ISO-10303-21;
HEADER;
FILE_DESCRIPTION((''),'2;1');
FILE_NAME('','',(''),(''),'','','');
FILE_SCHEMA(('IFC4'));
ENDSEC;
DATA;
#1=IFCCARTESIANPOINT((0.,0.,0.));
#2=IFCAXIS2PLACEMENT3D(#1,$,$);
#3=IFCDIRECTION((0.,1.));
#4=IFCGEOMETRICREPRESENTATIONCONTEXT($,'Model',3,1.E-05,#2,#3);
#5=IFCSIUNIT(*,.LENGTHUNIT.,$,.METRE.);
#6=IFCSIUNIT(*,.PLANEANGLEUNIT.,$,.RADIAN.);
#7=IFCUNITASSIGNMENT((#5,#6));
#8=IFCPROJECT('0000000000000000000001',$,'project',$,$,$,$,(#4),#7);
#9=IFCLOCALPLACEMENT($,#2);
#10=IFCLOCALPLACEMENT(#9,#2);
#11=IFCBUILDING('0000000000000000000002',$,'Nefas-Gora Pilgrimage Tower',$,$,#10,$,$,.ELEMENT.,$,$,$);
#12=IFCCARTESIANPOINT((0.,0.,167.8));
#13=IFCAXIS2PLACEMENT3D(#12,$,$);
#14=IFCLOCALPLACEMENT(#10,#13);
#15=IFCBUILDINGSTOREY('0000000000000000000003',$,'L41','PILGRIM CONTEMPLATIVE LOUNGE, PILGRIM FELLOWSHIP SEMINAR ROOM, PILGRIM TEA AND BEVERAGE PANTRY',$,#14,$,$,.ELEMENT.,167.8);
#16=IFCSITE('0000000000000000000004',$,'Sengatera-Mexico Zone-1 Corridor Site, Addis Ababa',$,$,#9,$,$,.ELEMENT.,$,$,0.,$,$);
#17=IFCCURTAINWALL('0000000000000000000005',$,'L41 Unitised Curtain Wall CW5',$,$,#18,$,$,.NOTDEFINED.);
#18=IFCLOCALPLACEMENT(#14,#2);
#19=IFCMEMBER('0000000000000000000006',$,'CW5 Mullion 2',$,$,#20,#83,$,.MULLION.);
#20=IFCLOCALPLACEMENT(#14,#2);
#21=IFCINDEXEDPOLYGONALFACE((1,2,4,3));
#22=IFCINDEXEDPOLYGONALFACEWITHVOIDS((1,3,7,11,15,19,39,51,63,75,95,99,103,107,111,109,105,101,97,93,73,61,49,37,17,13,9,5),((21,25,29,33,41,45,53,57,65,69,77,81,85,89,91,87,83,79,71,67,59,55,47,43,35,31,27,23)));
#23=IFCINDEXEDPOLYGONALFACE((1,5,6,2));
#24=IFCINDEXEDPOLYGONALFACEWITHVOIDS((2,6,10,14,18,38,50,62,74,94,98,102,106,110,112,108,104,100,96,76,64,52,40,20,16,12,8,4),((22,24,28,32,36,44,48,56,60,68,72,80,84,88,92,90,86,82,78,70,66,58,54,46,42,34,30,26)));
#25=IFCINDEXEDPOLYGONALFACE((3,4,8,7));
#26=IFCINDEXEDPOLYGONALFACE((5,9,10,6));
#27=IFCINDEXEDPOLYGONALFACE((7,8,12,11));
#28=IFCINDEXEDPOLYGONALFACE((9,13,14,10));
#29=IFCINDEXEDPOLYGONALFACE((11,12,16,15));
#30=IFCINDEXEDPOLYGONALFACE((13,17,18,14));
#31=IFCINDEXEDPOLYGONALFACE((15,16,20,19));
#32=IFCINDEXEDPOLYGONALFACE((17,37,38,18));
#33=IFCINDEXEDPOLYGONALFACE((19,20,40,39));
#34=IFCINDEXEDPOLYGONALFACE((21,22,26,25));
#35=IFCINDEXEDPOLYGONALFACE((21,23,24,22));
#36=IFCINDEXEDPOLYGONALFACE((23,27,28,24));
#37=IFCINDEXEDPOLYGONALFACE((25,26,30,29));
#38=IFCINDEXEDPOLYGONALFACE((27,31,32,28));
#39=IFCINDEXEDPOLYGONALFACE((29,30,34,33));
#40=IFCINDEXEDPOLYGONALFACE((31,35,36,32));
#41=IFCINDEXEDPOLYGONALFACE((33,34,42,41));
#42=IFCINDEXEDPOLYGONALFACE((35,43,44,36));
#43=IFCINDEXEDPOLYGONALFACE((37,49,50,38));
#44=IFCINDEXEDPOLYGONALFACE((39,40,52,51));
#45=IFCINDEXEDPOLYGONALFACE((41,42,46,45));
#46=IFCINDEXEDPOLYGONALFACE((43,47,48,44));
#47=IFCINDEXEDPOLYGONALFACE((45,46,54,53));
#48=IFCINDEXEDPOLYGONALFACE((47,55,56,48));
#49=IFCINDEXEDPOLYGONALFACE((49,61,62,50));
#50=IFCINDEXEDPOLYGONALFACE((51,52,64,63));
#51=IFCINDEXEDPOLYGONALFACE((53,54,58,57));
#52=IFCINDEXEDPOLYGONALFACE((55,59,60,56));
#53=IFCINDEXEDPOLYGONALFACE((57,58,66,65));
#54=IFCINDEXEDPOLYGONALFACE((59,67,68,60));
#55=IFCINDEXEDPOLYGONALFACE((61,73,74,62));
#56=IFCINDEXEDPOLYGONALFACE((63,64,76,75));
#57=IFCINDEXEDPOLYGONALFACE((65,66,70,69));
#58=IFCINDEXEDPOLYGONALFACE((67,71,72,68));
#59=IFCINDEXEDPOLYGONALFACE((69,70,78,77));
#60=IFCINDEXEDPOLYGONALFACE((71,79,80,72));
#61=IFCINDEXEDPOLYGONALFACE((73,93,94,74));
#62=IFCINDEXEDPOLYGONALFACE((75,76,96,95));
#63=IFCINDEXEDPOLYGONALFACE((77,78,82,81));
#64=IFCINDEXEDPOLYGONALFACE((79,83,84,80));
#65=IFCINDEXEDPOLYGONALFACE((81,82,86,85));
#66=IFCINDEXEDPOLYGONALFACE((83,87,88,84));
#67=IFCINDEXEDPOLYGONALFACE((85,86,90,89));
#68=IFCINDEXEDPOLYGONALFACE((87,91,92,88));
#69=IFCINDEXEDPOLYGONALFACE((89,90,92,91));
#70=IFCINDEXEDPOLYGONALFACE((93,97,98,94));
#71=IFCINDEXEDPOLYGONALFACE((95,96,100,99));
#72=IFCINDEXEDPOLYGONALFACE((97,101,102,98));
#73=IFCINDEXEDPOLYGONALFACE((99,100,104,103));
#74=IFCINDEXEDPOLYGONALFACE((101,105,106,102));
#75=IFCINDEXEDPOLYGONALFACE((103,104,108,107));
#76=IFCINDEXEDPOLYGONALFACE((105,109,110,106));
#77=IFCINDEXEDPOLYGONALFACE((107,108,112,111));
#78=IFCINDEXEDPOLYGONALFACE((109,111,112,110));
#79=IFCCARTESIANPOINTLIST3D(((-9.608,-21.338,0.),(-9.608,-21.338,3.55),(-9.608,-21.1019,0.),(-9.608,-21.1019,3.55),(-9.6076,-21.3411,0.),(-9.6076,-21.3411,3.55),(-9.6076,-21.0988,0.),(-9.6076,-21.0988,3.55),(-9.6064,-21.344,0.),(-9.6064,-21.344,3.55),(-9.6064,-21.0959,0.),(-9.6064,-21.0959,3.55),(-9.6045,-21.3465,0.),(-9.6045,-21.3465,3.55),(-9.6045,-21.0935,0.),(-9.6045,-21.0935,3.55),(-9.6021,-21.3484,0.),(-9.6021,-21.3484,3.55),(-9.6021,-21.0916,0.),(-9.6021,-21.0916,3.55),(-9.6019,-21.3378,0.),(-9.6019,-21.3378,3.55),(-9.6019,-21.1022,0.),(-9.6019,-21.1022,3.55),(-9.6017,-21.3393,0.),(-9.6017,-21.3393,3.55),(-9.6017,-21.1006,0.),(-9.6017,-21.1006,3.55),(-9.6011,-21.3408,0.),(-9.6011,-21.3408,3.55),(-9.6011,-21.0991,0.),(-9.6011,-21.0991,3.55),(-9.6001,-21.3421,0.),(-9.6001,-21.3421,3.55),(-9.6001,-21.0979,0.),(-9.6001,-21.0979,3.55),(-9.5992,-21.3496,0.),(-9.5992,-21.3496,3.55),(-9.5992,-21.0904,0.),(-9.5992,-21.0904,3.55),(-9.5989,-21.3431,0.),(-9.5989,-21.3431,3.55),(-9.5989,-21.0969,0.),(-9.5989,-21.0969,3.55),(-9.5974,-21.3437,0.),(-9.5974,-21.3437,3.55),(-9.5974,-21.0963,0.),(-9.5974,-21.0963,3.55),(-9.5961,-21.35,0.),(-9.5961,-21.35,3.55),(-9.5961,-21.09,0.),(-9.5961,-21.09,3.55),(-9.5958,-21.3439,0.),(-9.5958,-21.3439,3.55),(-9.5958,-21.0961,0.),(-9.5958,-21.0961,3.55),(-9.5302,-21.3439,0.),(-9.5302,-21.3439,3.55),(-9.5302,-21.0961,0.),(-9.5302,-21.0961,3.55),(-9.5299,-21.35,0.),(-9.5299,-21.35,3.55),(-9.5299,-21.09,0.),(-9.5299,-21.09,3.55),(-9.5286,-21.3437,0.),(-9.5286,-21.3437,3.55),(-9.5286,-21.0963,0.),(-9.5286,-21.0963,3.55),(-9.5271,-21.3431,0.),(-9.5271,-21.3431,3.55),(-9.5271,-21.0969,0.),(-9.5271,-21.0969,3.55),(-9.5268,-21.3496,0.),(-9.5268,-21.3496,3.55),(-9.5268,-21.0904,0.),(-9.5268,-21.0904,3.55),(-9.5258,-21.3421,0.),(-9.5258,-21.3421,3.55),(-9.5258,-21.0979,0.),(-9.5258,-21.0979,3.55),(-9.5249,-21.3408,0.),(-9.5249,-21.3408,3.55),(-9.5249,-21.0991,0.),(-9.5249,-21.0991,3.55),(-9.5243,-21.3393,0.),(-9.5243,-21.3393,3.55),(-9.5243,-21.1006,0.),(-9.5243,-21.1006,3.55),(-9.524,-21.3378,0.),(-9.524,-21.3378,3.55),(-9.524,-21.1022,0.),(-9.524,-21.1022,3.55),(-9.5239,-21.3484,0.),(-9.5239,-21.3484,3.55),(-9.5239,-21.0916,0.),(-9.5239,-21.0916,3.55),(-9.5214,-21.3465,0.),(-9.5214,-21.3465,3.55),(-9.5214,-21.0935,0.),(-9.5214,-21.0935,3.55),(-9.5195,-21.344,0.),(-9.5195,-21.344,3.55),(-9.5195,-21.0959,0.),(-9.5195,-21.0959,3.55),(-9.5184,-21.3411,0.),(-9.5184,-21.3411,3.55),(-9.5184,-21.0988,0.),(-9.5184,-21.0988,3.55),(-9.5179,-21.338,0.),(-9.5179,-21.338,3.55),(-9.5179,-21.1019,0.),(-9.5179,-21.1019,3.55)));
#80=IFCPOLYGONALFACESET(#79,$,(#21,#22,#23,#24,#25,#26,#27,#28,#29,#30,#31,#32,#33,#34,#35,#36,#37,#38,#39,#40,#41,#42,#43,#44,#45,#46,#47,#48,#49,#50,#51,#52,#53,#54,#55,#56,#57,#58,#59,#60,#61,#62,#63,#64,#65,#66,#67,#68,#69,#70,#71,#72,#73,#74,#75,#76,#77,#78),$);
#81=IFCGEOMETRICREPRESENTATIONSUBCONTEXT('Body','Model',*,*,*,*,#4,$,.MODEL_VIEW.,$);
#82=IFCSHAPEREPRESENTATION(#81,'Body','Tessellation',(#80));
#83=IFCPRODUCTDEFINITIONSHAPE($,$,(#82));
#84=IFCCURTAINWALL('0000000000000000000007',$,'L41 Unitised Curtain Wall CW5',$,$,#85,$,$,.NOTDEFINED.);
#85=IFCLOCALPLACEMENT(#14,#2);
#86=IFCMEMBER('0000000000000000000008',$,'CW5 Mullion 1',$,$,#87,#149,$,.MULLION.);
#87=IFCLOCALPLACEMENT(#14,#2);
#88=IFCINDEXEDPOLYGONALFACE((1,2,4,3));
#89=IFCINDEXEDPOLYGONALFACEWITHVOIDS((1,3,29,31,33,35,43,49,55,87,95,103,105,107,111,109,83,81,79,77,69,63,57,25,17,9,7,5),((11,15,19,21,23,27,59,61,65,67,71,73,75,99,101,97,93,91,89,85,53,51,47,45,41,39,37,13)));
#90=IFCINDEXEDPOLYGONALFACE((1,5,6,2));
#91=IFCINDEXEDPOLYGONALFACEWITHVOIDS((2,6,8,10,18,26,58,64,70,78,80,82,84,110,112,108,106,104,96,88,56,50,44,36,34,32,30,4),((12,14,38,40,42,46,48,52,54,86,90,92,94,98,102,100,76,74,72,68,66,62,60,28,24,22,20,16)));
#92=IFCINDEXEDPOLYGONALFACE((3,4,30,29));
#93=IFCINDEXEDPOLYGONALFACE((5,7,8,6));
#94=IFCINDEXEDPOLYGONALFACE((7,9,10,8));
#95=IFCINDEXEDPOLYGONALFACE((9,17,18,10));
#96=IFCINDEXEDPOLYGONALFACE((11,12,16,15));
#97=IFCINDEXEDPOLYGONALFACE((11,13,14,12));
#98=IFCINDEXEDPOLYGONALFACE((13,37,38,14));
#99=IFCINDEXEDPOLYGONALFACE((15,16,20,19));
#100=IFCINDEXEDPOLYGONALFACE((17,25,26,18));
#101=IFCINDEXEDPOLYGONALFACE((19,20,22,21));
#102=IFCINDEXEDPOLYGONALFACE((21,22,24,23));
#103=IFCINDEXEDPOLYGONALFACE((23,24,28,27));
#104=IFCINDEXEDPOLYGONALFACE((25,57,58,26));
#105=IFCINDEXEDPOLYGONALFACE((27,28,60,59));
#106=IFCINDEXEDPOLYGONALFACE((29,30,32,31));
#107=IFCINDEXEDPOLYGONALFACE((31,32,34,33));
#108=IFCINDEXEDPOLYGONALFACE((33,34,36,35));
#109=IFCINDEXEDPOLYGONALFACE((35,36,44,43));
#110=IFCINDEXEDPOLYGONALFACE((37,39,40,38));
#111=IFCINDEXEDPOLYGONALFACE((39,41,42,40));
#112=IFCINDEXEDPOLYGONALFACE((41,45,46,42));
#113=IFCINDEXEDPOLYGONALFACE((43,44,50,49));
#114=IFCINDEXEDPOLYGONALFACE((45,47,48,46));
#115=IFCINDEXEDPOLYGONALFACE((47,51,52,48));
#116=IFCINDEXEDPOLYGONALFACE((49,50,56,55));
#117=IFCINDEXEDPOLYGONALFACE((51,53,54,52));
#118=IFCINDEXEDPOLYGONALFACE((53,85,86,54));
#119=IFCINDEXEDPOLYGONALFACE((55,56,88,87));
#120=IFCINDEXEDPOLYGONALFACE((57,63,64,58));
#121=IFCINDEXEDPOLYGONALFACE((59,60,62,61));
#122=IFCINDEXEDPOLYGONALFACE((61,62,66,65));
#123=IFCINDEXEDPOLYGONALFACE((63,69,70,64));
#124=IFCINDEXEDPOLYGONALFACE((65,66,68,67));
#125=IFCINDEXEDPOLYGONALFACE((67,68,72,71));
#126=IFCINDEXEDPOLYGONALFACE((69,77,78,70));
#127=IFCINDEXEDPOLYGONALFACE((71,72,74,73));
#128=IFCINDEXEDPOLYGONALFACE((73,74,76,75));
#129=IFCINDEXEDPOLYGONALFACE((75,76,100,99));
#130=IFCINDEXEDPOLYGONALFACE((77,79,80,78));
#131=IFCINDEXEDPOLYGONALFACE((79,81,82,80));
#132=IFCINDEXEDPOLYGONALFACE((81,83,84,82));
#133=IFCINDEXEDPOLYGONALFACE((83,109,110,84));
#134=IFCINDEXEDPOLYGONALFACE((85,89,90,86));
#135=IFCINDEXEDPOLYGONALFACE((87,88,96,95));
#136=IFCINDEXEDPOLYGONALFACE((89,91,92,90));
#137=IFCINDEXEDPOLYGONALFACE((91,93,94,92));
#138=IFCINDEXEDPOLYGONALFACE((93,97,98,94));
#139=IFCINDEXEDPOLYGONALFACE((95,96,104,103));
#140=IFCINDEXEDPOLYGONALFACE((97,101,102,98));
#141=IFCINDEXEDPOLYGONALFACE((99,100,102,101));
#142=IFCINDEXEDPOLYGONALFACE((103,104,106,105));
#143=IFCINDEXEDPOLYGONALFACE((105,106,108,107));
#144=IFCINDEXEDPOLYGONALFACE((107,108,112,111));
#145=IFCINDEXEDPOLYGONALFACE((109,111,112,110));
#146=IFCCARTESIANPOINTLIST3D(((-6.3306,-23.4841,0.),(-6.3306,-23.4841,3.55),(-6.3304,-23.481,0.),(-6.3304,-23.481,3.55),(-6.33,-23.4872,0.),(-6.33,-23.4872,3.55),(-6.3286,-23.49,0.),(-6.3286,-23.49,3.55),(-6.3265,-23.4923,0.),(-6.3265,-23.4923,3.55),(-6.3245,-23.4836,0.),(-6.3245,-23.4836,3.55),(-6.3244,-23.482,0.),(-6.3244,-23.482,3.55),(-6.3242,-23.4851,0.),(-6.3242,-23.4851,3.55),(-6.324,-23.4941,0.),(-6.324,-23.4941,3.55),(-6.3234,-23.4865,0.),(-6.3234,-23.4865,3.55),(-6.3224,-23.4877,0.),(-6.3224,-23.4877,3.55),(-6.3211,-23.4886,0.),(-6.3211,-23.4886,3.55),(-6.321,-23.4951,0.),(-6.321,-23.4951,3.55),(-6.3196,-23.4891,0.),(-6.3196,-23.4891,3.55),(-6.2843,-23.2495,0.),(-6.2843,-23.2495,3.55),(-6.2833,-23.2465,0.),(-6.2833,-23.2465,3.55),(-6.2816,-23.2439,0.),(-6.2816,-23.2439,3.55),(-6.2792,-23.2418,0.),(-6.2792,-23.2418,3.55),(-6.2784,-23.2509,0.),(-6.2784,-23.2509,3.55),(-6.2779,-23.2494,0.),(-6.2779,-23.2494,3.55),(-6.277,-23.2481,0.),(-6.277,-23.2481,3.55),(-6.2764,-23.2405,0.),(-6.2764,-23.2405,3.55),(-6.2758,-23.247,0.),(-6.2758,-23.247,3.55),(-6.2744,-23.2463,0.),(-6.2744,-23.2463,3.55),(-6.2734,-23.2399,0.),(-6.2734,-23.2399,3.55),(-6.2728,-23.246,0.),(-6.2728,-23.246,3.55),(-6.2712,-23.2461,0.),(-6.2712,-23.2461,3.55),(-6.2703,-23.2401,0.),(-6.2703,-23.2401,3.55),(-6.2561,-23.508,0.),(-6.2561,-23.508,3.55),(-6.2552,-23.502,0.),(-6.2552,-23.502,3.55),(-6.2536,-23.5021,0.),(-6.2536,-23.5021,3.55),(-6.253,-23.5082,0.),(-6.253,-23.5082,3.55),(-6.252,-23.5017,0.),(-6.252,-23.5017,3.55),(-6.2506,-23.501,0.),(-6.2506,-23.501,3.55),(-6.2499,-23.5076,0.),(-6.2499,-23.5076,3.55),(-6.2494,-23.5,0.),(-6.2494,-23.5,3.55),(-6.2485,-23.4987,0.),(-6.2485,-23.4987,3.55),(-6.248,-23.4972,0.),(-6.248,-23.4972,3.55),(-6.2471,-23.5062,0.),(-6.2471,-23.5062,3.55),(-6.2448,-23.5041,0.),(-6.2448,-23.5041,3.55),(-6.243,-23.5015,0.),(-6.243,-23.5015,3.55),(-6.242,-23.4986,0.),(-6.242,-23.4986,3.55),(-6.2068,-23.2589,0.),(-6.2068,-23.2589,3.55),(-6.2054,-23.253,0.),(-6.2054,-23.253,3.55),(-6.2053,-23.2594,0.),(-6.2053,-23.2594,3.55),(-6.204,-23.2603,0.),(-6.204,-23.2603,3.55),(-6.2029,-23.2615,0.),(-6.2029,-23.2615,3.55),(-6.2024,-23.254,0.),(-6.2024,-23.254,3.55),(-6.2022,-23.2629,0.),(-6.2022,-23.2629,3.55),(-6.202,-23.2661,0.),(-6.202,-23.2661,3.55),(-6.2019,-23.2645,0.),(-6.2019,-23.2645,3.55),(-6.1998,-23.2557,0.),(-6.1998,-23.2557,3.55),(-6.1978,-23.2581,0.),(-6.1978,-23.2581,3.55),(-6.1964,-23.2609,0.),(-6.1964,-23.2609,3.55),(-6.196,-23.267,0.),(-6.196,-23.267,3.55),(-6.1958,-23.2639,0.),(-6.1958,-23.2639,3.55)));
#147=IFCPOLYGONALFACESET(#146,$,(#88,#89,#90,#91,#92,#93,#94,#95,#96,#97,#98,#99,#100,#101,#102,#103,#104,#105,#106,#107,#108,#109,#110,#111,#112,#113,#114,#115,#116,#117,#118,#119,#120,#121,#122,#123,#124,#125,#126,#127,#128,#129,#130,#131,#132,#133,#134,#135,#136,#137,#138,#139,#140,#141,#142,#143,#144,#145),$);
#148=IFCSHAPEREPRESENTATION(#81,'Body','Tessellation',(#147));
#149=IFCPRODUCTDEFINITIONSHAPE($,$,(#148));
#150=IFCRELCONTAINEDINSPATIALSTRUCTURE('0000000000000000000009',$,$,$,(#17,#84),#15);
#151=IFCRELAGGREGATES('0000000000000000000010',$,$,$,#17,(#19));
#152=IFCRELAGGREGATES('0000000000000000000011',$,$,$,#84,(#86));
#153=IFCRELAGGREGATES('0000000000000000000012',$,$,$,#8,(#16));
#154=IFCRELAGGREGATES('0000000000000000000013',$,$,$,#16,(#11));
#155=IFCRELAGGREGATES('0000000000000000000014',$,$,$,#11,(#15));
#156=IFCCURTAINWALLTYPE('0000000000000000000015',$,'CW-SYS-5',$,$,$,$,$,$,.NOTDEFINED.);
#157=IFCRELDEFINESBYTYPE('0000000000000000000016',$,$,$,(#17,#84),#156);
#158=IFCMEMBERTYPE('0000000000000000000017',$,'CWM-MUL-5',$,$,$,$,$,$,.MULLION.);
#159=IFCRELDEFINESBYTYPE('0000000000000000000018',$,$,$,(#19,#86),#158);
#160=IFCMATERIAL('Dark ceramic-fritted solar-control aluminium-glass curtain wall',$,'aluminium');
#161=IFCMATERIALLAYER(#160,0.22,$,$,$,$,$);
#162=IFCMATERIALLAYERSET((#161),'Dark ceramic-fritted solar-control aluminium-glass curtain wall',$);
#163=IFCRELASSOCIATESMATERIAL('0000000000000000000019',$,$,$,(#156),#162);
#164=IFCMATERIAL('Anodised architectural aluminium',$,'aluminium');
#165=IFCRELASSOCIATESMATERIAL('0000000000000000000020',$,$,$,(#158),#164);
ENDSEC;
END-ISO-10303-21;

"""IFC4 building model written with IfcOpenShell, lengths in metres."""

from ifc_helpers import new_model, si_unit, direction, frame, origin, origin_2d, place, context, subcontext, project, spatial, hollow_rectangle, extrude, source, transform, mapped, material, layer, layer_set, material_profile, profile_set, type_object, element, aggregate, save


model = new_model("IFC4")

# Units and contexts
model_context = context("Model", 3, precision=1e-05, world=origin(), true_north=direction((0.0, 1.0)))
body_context = subcontext(model_context, "Body", "Model", "MODEL_VIEW")
ifc_project = project(units=[si_unit("LENGTHUNIT", "METRE"), si_unit("PLANEANGLEUNIT", "RADIAN")], contexts=[model_context])

# Site, building, storey
site_placement = place(None, origin())
site = spatial("IfcSite", under=ifc_project, at=site_placement, Name="Sengatera-Mexico Zone-1 Corridor Site, Addis Ababa", CompositionType="ELEMENT", RefElevation=0.0)
building_placement = place(site_placement, origin())
building = spatial("IfcBuilding", under=site, at=building_placement, Name="Nefas-Gora Pilgrimage Tower", CompositionType="ELEMENT")
storey_placement = place(building_placement, frame((0.0, 0.0, 167.8)))
storey = spatial("IfcBuildingStorey", under=building, at=storey_placement, Name="L41", Description="PILGRIM CONTEMPLATIVE LOUNGE, PILGRIM FELLOWSHIP SEMINAR ROOM, PILGRIM TEA AND BEVERAGE PANTRY", CompositionType="ELEMENT", Elevation=167.8)

# Curtain wall, member
ifc_material_1 = material(Name="Dark ceramic-fritted solar-control aluminium-glass curtain wall", Category="aluminium")
ifc_layer_1 = layer(ifc_material_1, 0.22)
ifc_layer_set_1 = layer_set([ifc_layer_1], Name="Dark ceramic-fritted solar-control aluminium-glass curtain wall")
curtain_wall_type = type_object("IfcCurtainWallType", Name="CW-SYS-5", PredefinedType="NOTDEFINED", material=ifc_layer_set_1)
curtain_wall_1_placement = place(storey_placement, origin())
curtain_wall_1 = element("IfcCurtainWall", 1, at=curtain_wall_1_placement, inside=storey, type_object=curtain_wall_type, Name="L41 Unitised Curtain Wall CW5", PredefinedType="NOTDEFINED")
ifc_material_2 = material(Name="Anodised architectural aluminium", Category="aluminium")
ifc_material_profile_1 = material_profile(ifc_material_2, hollow_rectangle(XDim=0.0901, YDim=0.26, WallThickness=0.0061, InnerFilletRadius=0.0061, OuterFilletRadius=0.012, at=origin_2d()), Name="ALU MULLION 90x260")
ifc_profile_set_1 = profile_set([ifc_material_profile_1], Name="Anodised architectural aluminium")
member_type_1 = type_object("IfcMemberType", Name="CWM-MUL-5", PredefinedType="MULLION", material=ifc_profile_set_1)
shared_shape_1 = source(origin(), body_context, "Body", "SweptSolid", [
    extrude(hollow_rectangle(XDim=0.0901, YDim=0.26, WallThickness=0.0061, InnerFilletRadius=0.0061, OuterFilletRadius=0.012, at=origin_2d()), origin(), (0.0, 0.0, 1.0), 3.55),
])
member_1_placement = place(storey_placement, frame((-9.563, -21.22, 0.0), z_axis=(0.0, 0.0, 1.0), x_axis=(1.0, 0.0, 0.0)))
member_1 = element("IfcMember", 2, at=member_1_placement, type_object=member_type_1, Name="CW5 Mullion 2", PredefinedType="MULLION", context=body_context, shape_type="MappedRepresentation", body=[
    mapped(shared_shape_1, transform((0.0, 0.0, 0.0), x_axis=(1.0, 0.0, 0.0), y_axis=(0.0, 1.0, 0.0), z_axis=(0.0, 0.0, 1.0), scale=1.0)),
])
aggregate(curtain_wall_1, [member_1])

# Curtain wall, member
curtain_wall_2_placement = place(storey_placement, origin())
curtain_wall_2 = element("IfcCurtainWall", 3, at=curtain_wall_2_placement, inside=storey, type_object=curtain_wall_type, Name="L41 Unitised Curtain Wall CW5", PredefinedType="NOTDEFINED")
member_2_placement = place(storey_placement, frame((-6.2632, -23.374, 0.0), z_axis=(0.0, 0.0, 1.0), x_axis=(0.980783, -0.195102, 0.0)))
member_2 = element("IfcMember", 4, at=member_2_placement, type_object=member_type_1, Name="CW5 Mullion 1", PredefinedType="MULLION", context=body_context, shape_type="MappedRepresentation", body=[
    mapped(shared_shape_1, transform((0.0, 0.0, 0.0), x_axis=(1.0, 0.0, 0.0), y_axis=(0.0, 1.0, 0.0), z_axis=(0.0, 0.0, 1.0), scale=1.0)),
])

aggregate(curtain_wall_2, [member_2])

save(model, "model.ifc")
